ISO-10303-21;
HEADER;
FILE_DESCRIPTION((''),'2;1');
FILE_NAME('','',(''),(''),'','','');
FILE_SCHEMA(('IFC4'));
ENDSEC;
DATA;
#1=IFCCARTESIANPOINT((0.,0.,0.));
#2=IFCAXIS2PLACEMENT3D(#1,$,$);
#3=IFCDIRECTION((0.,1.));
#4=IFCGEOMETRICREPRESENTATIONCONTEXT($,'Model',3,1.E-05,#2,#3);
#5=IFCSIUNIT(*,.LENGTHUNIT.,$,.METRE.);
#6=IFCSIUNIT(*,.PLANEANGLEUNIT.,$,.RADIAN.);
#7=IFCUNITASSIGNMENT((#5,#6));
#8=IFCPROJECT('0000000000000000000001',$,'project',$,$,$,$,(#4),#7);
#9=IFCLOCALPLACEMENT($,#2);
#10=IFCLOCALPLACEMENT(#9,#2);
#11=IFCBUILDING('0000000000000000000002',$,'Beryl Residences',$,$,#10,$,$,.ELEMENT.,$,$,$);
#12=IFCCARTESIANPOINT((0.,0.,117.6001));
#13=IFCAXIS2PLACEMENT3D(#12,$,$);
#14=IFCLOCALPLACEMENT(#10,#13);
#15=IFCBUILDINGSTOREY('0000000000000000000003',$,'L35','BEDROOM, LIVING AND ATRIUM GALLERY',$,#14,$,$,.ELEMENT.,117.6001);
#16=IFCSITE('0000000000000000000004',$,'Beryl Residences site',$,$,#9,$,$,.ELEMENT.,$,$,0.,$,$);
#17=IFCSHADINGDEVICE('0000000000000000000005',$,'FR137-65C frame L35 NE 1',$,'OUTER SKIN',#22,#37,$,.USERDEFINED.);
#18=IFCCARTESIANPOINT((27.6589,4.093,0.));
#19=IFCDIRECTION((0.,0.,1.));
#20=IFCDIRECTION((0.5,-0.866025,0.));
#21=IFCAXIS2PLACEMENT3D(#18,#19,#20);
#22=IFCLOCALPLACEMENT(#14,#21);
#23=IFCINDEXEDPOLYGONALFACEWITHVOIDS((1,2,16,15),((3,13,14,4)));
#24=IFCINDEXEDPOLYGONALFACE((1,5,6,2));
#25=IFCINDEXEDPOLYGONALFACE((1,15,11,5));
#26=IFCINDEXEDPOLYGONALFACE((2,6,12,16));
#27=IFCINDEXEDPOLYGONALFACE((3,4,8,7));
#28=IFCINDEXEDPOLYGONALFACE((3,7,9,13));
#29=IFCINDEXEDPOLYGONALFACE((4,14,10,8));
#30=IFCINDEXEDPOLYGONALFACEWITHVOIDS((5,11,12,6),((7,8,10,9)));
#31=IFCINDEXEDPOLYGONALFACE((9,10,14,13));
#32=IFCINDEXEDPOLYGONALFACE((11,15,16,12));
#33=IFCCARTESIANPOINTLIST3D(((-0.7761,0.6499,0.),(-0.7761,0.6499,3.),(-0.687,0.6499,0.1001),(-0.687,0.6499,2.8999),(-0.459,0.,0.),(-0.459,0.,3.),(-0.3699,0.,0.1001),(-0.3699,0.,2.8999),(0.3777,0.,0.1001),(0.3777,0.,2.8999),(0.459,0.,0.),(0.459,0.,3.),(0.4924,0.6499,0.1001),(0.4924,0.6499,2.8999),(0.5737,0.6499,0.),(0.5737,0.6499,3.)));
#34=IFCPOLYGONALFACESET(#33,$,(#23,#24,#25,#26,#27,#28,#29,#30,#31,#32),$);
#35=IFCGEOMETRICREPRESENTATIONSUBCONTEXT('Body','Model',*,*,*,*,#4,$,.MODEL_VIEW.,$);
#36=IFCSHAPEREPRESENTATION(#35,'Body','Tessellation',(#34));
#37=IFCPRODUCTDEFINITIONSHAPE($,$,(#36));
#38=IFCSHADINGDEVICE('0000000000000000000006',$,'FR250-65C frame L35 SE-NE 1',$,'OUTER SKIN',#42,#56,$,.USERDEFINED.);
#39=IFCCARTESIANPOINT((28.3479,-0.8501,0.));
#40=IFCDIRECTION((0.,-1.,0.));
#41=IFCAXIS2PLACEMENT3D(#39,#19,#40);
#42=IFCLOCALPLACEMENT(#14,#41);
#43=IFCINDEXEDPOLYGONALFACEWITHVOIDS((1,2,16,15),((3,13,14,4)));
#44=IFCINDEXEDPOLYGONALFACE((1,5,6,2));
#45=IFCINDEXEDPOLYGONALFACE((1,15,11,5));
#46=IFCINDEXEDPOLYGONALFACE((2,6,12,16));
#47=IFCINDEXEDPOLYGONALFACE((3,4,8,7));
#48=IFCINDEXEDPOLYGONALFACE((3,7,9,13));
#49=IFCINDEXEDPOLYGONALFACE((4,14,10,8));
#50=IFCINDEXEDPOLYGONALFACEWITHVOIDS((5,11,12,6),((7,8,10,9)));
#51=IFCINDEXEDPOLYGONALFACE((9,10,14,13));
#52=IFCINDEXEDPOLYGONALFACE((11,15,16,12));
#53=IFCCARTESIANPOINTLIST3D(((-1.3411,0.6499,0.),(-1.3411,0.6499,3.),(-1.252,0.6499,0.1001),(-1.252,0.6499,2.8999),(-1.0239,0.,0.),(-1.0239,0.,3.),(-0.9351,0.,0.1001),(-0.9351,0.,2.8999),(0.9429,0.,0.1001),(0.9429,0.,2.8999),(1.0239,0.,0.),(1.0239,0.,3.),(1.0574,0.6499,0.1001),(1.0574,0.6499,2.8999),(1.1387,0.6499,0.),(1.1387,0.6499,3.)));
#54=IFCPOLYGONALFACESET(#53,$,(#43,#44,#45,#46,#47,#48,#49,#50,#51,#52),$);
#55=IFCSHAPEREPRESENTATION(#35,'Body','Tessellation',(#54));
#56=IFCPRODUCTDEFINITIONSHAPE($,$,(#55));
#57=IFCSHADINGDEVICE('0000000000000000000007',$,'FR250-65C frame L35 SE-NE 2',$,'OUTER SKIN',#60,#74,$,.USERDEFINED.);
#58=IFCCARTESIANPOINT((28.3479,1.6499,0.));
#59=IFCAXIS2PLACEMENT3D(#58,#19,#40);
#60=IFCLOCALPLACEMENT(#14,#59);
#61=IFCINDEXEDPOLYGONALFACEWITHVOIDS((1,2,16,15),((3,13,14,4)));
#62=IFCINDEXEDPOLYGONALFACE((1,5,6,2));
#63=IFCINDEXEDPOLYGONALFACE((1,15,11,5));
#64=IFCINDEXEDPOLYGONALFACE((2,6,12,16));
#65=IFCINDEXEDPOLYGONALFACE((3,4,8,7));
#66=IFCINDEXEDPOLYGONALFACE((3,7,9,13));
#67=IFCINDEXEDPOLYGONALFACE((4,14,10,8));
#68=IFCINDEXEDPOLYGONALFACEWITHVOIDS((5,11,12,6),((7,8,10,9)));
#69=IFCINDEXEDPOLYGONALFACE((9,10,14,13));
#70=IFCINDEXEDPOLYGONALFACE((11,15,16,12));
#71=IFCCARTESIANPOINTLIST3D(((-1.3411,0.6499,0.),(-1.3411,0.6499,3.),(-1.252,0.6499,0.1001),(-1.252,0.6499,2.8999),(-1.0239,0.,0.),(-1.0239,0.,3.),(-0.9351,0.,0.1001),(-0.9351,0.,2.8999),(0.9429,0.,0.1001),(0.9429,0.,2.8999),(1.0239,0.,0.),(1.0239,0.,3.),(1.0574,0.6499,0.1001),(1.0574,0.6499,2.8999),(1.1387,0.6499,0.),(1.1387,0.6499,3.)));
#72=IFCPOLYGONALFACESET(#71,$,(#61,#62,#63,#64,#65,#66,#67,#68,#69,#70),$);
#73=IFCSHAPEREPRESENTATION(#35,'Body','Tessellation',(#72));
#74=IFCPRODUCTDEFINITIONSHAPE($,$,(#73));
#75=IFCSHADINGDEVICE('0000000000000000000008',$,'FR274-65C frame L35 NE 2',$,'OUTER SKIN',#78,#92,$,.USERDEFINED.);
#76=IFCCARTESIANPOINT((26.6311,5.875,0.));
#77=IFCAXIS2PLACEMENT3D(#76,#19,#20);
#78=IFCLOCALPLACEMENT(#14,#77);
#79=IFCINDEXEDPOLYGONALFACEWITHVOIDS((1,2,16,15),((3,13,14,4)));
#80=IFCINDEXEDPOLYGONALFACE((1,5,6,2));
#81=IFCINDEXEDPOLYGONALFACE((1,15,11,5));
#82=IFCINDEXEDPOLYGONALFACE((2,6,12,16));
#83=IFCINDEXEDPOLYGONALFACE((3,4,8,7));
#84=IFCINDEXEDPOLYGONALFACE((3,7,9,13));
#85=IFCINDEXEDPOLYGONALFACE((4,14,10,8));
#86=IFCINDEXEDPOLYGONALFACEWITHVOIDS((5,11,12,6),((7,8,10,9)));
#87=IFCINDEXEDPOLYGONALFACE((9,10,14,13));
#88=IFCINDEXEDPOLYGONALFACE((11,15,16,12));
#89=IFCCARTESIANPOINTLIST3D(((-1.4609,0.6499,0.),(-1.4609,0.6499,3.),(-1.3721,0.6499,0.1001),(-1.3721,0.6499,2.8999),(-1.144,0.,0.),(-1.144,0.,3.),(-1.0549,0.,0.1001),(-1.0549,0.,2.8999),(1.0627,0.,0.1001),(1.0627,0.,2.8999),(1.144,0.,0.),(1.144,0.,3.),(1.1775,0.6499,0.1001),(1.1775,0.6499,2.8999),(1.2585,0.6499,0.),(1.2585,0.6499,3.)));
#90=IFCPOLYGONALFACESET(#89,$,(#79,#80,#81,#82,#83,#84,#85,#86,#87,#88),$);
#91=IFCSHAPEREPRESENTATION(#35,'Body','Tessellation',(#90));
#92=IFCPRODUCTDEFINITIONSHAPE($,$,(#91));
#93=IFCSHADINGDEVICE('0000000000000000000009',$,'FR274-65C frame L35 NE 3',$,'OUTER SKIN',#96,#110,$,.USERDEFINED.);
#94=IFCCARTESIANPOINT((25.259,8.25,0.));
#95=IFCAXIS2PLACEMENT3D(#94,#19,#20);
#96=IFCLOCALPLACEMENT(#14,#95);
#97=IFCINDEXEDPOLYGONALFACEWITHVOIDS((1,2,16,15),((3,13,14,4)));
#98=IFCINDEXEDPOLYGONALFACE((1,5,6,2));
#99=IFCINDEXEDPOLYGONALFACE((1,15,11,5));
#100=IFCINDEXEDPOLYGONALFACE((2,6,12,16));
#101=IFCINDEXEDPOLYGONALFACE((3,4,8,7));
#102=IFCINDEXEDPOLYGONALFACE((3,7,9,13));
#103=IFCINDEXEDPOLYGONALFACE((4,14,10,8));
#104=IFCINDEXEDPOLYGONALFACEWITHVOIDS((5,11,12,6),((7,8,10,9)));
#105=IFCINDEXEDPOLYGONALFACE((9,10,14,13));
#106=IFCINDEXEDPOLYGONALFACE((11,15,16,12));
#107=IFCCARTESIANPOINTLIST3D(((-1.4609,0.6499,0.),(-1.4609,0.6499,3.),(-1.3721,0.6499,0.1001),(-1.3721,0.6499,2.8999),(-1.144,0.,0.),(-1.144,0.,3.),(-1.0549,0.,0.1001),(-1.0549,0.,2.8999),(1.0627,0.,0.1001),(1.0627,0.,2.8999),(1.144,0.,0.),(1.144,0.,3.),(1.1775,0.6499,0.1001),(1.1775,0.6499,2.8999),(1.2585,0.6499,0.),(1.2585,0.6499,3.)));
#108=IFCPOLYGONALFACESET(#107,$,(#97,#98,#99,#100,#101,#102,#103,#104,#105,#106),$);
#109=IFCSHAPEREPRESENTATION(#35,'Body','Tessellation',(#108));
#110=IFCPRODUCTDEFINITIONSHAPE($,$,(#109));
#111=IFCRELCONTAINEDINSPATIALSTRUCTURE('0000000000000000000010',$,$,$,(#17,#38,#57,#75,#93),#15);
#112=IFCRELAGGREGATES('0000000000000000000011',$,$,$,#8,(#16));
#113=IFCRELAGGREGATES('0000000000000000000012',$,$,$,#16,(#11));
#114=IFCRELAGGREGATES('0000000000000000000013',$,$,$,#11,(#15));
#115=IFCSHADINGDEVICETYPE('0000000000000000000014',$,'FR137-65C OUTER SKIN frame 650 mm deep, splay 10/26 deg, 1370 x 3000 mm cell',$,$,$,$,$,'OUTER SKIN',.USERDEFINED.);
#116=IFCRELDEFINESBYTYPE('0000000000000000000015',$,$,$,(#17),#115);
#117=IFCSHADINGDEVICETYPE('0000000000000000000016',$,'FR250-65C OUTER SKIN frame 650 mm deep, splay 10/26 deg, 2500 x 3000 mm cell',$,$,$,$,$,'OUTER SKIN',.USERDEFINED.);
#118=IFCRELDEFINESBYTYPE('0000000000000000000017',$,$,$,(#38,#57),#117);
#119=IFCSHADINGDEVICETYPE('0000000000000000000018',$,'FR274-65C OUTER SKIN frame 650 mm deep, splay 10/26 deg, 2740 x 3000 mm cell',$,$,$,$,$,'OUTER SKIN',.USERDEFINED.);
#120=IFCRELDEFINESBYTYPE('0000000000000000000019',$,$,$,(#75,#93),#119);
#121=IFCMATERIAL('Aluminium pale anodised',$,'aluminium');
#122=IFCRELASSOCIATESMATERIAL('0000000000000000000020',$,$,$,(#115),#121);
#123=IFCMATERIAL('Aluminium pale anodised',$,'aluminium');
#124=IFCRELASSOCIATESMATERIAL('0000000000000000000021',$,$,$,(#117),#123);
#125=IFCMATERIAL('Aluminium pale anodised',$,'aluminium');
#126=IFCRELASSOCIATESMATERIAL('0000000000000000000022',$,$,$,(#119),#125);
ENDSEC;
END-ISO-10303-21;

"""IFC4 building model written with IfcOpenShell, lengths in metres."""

from ifc_helpers import new_model, entity, si_unit, direction, frame, origin, place, context, subcontext, project, spatial, source, transform, mapped, material, type_object, type_shapes, element, save


model = new_model("IFC4")

# Units and contexts
model_context = context("Model", 3, precision=1e-05, world=origin(), true_north=direction((0.0, 1.0)))
body_context = subcontext(model_context, "Body", "Model", "MODEL_VIEW")
ifc_project = project(units=[si_unit("LENGTHUNIT", "METRE"), si_unit("PLANEANGLEUNIT", "RADIAN")], contexts=[model_context])

# Site, building, storey
site_placement = place(None, origin())
site = spatial("IfcSite", under=ifc_project, at=site_placement, Name="Beryl Residences site", CompositionType="ELEMENT", RefElevation=0.0)
building_placement = place(site_placement, origin())
building = spatial("IfcBuilding", under=site, at=building_placement, Name="Beryl Residences", CompositionType="ELEMENT")
storey_placement = place(building_placement, frame((0.0, 0.0, 117.6001)))
storey = spatial("IfcBuildingStorey", under=building, at=storey_placement, Name="L35", Description="BEDROOM, LIVING AND ATRIUM GALLERY", CompositionType="ELEMENT", Elevation=117.6001)

# Shading devices
ifc_material_1 = material(Name="Aluminium pale anodised", Category="aluminium")
shading_device_type_1 = type_object("IfcShadingDeviceType", Name="FR137-65C OUTER SKIN frame 650 mm deep, splay 10/26 deg, 1370 x 3000 mm cell", ElementType="OUTER SKIN", PredefinedType="USERDEFINED", material=ifc_material_1)
cartesian_point_1 = entity("IfcCartesianPoint", [-0.459, 0.0])
cartesian_point_2 = entity("IfcCartesianPoint", [-0.3777, 0.1001])
cartesian_point_3 = entity("IfcCartesianPoint", [-0.5737, 0.0])
cartesian_point_4 = entity("IfcCartesianPoint", [-0.4924, 0.1001])
shared_shape_1 = source(origin(), body_context, "Body", "SweptSolid", [
    entity("IfcExtrudedAreaSolidTapered", entity("IfcArbitraryProfileDefWithVoids", "AREA", None, entity("IfcPolyline", [cartesian_point_1, entity("IfcCartesianPoint", [0.459, 0.0]), entity("IfcCartesianPoint", [0.459, 3.0]), entity("IfcCartesianPoint", [-0.459, 3.0]), cartesian_point_1]), [entity("IfcPolyline", [cartesian_point_2, entity("IfcCartesianPoint", [0.3699, 0.1001]), entity("IfcCartesianPoint", [0.3699, 2.8999]), entity("IfcCartesianPoint", [-0.3777, 2.8999]), cartesian_point_2])]), entity("IfcAxis2Placement3D", entity("IfcCartesianPoint", [0.0, 0.0, 0.0]), entity("IfcDirection", [0.0, 1.0, 0.0]), entity("IfcDirection", [-1.0, 0.0, 0.0])), entity("IfcDirection", [0.0, 0.0, 1.0]), 0.6499, entity("IfcArbitraryProfileDefWithVoids", "AREA", None, entity("IfcPolyline", [cartesian_point_3, entity("IfcCartesianPoint", [0.7761, 0.0]), entity("IfcCartesianPoint", [0.7761, 3.0]), entity("IfcCartesianPoint", [-0.5737, 3.0]), cartesian_point_3]), [entity("IfcPolyline", [cartesian_point_4, entity("IfcCartesianPoint", [0.687, 0.1001]), entity("IfcCartesianPoint", [0.687, 2.8999]), entity("IfcCartesianPoint", [-0.4924, 2.8999]), cartesian_point_4])])),
])
type_shapes(shading_device_type_1, [shared_shape_1])
shading_device_placement = place(storey_placement, frame((27.6589, 4.093, 0.0), z_axis=(0.0, 0.0, 1.0), x_axis=(0.5, -0.866025, 0.0)))
element("IfcShadingDevice", 1, at=shading_device_placement, inside=storey, type_object=shading_device_type_1, Name="FR137-65C frame L35 NE 1", ObjectType="OUTER SKIN", PredefinedType="USERDEFINED", context=body_context, shape_type="MappedRepresentation", body=[
    mapped(shared_shape_1, transform((0.0, 0.0, 0.0))),
])
ifc_material_2 = material(Name="Aluminium pale anodised", Category="aluminium")
shading_device_type_2 = type_object("IfcShadingDeviceType", Name="FR250-65C OUTER SKIN frame 650 mm deep, splay 10/26 deg, 2500 x 3000 mm cell", ElementType="OUTER SKIN", PredefinedType="USERDEFINED", material=ifc_material_2)
cartesian_point_5 = entity("IfcCartesianPoint", [-1.0239, 0.0])
cartesian_point_6 = entity("IfcCartesianPoint", [-0.9429, 0.1001])
cartesian_point_7 = entity("IfcCartesianPoint", [-1.1387, 0.0])
cartesian_point_8 = entity("IfcCartesianPoint", [-1.0574, 0.1001])
shared_shape_2 = source(origin(), body_context, "Body", "SweptSolid", [
    entity("IfcExtrudedAreaSolidTapered", entity("IfcArbitraryProfileDefWithVoids", "AREA", None, entity("IfcPolyline", [cartesian_point_5, entity("IfcCartesianPoint", [1.0239, 0.0]), entity("IfcCartesianPoint", [1.0239, 3.0]), entity("IfcCartesianPoint", [-1.0239, 3.0]), cartesian_point_5]), [entity("IfcPolyline", [cartesian_point_6, entity("IfcCartesianPoint", [0.9351, 0.1001]), entity("IfcCartesianPoint", [0.9351, 2.8999]), entity("IfcCartesianPoint", [-0.9429, 2.8999]), cartesian_point_6])]), entity("IfcAxis2Placement3D", entity("IfcCartesianPoint", [0.0, 0.0, 0.0]), entity("IfcDirection", [0.0, 1.0, 0.0]), entity("IfcDirection", [-1.0, 0.0, 0.0])), entity("IfcDirection", [0.0, 0.0, 1.0]), 0.6499, entity("IfcArbitraryProfileDefWithVoids", "AREA", None, entity("IfcPolyline", [cartesian_point_7, entity("IfcCartesianPoint", [1.3411, 0.0]), entity("IfcCartesianPoint", [1.3411, 3.0]), entity("IfcCartesianPoint", [-1.1387, 3.0]), cartesian_point_7]), [entity("IfcPolyline", [cartesian_point_8, entity("IfcCartesianPoint", [1.252, 0.1001]), entity("IfcCartesianPoint", [1.252, 2.8999]), entity("IfcCartesianPoint", [-1.0574, 2.8999]), cartesian_point_8])])),
])
type_shapes(shading_device_type_2, [shared_shape_2])
for number, where, z_axis, x_axis, name in (
    (2, (28.3479, -0.8501, 0.0), (0.0, 0.0, 1.0), (0.0, -1.0, 0.0), "FR250-65C frame L35 SE-NE 1"),
    (3, (28.3479, 1.6499, 0.0), (0.0, 0.0, 1.0), (0.0, -1.0, 0.0), "FR250-65C frame L35 SE-NE 2"),
):
    element("IfcShadingDevice", number, at=place(storey_placement, frame(where, z_axis=z_axis, x_axis=x_axis)), inside=storey, type_object=shading_device_type_2, Name=name, ObjectType="OUTER SKIN", PredefinedType="USERDEFINED", context=body_context, shape_type="MappedRepresentation", body=[
        mapped(shared_shape_2, transform((0.0, 0.0, 0.0))),
    ])
ifc_material_3 = material(Name="Aluminium pale anodised", Category="aluminium")
shading_device_type_3 = type_object("IfcShadingDeviceType", Name="FR274-65C OUTER SKIN frame 650 mm deep, splay 10/26 deg, 2740 x 3000 mm cell", ElementType="OUTER SKIN", PredefinedType="USERDEFINED", material=ifc_material_3)
cartesian_point_9 = entity("IfcCartesianPoint", [-1.144, 0.0])
cartesian_point_10 = entity("IfcCartesianPoint", [-1.0627, 0.1001])
cartesian_point_11 = entity("IfcCartesianPoint", [-1.2585, 0.0])
cartesian_point_12 = entity("IfcCartesianPoint", [-1.1775, 0.1001])
shared_shape_3 = source(origin(), body_context, "Body", "SweptSolid", [
    entity("IfcExtrudedAreaSolidTapered", entity("IfcArbitraryProfileDefWithVoids", "AREA", None, entity("IfcPolyline", [cartesian_point_9, entity("IfcCartesianPoint", [1.144, 0.0]), entity("IfcCartesianPoint", [1.144, 3.0]), entity("IfcCartesianPoint", [-1.144, 3.0]), cartesian_point_9]), [entity("IfcPolyline", [cartesian_point_10, entity("IfcCartesianPoint", [1.0549, 0.1001]), entity("IfcCartesianPoint", [1.0549, 2.8999]), entity("IfcCartesianPoint", [-1.0627, 2.8999]), cartesian_point_10])]), entity("IfcAxis2Placement3D", entity("IfcCartesianPoint", [0.0, 0.0, 0.0]), entity("IfcDirection", [0.0, 1.0, 0.0]), entity("IfcDirection", [-1.0, 0.0, 0.0])), entity("IfcDirection", [0.0, 0.0, 1.0]), 0.6499, entity("IfcArbitraryProfileDefWithVoids", "AREA", None, entity("IfcPolyline", [cartesian_point_11, entity("IfcCartesianPoint", [1.4609, 0.0]), entity("IfcCartesianPoint", [1.4609, 3.0]), entity("IfcCartesianPoint", [-1.2585, 3.0]), cartesian_point_11]), [entity("IfcPolyline", [cartesian_point_12, entity("IfcCartesianPoint", [1.3721, 0.1001]), entity("IfcCartesianPoint", [1.3721, 2.8999]), entity("IfcCartesianPoint", [-1.1775, 2.8999]), cartesian_point_12])])),
])
type_shapes(shading_device_type_3, [shared_shape_3])
for number, where, z_axis, x_axis, name in (
    (4, (26.6311, 5.875, 0.0), (0.0, 0.0, 1.0), (0.5, -0.866025, 0.0), "FR274-65C frame L35 NE 2"),
    (5, (25.259, 8.25, 0.0), (0.0, 0.0, 1.0), (0.5, -0.866025, 0.0), "FR274-65C frame L35 NE 3"),
):
    element("IfcShadingDevice", number, at=place(storey_placement, frame(where, z_axis=z_axis, x_axis=x_axis)), inside=storey, type_object=shading_device_type_3, Name=name, ObjectType="OUTER SKIN", PredefinedType="USERDEFINED", context=body_context, shape_type="MappedRepresentation", body=[
        mapped(shared_shape_3, transform((0.0, 0.0, 0.0))),
    ])

save(model, "model.ifc")
